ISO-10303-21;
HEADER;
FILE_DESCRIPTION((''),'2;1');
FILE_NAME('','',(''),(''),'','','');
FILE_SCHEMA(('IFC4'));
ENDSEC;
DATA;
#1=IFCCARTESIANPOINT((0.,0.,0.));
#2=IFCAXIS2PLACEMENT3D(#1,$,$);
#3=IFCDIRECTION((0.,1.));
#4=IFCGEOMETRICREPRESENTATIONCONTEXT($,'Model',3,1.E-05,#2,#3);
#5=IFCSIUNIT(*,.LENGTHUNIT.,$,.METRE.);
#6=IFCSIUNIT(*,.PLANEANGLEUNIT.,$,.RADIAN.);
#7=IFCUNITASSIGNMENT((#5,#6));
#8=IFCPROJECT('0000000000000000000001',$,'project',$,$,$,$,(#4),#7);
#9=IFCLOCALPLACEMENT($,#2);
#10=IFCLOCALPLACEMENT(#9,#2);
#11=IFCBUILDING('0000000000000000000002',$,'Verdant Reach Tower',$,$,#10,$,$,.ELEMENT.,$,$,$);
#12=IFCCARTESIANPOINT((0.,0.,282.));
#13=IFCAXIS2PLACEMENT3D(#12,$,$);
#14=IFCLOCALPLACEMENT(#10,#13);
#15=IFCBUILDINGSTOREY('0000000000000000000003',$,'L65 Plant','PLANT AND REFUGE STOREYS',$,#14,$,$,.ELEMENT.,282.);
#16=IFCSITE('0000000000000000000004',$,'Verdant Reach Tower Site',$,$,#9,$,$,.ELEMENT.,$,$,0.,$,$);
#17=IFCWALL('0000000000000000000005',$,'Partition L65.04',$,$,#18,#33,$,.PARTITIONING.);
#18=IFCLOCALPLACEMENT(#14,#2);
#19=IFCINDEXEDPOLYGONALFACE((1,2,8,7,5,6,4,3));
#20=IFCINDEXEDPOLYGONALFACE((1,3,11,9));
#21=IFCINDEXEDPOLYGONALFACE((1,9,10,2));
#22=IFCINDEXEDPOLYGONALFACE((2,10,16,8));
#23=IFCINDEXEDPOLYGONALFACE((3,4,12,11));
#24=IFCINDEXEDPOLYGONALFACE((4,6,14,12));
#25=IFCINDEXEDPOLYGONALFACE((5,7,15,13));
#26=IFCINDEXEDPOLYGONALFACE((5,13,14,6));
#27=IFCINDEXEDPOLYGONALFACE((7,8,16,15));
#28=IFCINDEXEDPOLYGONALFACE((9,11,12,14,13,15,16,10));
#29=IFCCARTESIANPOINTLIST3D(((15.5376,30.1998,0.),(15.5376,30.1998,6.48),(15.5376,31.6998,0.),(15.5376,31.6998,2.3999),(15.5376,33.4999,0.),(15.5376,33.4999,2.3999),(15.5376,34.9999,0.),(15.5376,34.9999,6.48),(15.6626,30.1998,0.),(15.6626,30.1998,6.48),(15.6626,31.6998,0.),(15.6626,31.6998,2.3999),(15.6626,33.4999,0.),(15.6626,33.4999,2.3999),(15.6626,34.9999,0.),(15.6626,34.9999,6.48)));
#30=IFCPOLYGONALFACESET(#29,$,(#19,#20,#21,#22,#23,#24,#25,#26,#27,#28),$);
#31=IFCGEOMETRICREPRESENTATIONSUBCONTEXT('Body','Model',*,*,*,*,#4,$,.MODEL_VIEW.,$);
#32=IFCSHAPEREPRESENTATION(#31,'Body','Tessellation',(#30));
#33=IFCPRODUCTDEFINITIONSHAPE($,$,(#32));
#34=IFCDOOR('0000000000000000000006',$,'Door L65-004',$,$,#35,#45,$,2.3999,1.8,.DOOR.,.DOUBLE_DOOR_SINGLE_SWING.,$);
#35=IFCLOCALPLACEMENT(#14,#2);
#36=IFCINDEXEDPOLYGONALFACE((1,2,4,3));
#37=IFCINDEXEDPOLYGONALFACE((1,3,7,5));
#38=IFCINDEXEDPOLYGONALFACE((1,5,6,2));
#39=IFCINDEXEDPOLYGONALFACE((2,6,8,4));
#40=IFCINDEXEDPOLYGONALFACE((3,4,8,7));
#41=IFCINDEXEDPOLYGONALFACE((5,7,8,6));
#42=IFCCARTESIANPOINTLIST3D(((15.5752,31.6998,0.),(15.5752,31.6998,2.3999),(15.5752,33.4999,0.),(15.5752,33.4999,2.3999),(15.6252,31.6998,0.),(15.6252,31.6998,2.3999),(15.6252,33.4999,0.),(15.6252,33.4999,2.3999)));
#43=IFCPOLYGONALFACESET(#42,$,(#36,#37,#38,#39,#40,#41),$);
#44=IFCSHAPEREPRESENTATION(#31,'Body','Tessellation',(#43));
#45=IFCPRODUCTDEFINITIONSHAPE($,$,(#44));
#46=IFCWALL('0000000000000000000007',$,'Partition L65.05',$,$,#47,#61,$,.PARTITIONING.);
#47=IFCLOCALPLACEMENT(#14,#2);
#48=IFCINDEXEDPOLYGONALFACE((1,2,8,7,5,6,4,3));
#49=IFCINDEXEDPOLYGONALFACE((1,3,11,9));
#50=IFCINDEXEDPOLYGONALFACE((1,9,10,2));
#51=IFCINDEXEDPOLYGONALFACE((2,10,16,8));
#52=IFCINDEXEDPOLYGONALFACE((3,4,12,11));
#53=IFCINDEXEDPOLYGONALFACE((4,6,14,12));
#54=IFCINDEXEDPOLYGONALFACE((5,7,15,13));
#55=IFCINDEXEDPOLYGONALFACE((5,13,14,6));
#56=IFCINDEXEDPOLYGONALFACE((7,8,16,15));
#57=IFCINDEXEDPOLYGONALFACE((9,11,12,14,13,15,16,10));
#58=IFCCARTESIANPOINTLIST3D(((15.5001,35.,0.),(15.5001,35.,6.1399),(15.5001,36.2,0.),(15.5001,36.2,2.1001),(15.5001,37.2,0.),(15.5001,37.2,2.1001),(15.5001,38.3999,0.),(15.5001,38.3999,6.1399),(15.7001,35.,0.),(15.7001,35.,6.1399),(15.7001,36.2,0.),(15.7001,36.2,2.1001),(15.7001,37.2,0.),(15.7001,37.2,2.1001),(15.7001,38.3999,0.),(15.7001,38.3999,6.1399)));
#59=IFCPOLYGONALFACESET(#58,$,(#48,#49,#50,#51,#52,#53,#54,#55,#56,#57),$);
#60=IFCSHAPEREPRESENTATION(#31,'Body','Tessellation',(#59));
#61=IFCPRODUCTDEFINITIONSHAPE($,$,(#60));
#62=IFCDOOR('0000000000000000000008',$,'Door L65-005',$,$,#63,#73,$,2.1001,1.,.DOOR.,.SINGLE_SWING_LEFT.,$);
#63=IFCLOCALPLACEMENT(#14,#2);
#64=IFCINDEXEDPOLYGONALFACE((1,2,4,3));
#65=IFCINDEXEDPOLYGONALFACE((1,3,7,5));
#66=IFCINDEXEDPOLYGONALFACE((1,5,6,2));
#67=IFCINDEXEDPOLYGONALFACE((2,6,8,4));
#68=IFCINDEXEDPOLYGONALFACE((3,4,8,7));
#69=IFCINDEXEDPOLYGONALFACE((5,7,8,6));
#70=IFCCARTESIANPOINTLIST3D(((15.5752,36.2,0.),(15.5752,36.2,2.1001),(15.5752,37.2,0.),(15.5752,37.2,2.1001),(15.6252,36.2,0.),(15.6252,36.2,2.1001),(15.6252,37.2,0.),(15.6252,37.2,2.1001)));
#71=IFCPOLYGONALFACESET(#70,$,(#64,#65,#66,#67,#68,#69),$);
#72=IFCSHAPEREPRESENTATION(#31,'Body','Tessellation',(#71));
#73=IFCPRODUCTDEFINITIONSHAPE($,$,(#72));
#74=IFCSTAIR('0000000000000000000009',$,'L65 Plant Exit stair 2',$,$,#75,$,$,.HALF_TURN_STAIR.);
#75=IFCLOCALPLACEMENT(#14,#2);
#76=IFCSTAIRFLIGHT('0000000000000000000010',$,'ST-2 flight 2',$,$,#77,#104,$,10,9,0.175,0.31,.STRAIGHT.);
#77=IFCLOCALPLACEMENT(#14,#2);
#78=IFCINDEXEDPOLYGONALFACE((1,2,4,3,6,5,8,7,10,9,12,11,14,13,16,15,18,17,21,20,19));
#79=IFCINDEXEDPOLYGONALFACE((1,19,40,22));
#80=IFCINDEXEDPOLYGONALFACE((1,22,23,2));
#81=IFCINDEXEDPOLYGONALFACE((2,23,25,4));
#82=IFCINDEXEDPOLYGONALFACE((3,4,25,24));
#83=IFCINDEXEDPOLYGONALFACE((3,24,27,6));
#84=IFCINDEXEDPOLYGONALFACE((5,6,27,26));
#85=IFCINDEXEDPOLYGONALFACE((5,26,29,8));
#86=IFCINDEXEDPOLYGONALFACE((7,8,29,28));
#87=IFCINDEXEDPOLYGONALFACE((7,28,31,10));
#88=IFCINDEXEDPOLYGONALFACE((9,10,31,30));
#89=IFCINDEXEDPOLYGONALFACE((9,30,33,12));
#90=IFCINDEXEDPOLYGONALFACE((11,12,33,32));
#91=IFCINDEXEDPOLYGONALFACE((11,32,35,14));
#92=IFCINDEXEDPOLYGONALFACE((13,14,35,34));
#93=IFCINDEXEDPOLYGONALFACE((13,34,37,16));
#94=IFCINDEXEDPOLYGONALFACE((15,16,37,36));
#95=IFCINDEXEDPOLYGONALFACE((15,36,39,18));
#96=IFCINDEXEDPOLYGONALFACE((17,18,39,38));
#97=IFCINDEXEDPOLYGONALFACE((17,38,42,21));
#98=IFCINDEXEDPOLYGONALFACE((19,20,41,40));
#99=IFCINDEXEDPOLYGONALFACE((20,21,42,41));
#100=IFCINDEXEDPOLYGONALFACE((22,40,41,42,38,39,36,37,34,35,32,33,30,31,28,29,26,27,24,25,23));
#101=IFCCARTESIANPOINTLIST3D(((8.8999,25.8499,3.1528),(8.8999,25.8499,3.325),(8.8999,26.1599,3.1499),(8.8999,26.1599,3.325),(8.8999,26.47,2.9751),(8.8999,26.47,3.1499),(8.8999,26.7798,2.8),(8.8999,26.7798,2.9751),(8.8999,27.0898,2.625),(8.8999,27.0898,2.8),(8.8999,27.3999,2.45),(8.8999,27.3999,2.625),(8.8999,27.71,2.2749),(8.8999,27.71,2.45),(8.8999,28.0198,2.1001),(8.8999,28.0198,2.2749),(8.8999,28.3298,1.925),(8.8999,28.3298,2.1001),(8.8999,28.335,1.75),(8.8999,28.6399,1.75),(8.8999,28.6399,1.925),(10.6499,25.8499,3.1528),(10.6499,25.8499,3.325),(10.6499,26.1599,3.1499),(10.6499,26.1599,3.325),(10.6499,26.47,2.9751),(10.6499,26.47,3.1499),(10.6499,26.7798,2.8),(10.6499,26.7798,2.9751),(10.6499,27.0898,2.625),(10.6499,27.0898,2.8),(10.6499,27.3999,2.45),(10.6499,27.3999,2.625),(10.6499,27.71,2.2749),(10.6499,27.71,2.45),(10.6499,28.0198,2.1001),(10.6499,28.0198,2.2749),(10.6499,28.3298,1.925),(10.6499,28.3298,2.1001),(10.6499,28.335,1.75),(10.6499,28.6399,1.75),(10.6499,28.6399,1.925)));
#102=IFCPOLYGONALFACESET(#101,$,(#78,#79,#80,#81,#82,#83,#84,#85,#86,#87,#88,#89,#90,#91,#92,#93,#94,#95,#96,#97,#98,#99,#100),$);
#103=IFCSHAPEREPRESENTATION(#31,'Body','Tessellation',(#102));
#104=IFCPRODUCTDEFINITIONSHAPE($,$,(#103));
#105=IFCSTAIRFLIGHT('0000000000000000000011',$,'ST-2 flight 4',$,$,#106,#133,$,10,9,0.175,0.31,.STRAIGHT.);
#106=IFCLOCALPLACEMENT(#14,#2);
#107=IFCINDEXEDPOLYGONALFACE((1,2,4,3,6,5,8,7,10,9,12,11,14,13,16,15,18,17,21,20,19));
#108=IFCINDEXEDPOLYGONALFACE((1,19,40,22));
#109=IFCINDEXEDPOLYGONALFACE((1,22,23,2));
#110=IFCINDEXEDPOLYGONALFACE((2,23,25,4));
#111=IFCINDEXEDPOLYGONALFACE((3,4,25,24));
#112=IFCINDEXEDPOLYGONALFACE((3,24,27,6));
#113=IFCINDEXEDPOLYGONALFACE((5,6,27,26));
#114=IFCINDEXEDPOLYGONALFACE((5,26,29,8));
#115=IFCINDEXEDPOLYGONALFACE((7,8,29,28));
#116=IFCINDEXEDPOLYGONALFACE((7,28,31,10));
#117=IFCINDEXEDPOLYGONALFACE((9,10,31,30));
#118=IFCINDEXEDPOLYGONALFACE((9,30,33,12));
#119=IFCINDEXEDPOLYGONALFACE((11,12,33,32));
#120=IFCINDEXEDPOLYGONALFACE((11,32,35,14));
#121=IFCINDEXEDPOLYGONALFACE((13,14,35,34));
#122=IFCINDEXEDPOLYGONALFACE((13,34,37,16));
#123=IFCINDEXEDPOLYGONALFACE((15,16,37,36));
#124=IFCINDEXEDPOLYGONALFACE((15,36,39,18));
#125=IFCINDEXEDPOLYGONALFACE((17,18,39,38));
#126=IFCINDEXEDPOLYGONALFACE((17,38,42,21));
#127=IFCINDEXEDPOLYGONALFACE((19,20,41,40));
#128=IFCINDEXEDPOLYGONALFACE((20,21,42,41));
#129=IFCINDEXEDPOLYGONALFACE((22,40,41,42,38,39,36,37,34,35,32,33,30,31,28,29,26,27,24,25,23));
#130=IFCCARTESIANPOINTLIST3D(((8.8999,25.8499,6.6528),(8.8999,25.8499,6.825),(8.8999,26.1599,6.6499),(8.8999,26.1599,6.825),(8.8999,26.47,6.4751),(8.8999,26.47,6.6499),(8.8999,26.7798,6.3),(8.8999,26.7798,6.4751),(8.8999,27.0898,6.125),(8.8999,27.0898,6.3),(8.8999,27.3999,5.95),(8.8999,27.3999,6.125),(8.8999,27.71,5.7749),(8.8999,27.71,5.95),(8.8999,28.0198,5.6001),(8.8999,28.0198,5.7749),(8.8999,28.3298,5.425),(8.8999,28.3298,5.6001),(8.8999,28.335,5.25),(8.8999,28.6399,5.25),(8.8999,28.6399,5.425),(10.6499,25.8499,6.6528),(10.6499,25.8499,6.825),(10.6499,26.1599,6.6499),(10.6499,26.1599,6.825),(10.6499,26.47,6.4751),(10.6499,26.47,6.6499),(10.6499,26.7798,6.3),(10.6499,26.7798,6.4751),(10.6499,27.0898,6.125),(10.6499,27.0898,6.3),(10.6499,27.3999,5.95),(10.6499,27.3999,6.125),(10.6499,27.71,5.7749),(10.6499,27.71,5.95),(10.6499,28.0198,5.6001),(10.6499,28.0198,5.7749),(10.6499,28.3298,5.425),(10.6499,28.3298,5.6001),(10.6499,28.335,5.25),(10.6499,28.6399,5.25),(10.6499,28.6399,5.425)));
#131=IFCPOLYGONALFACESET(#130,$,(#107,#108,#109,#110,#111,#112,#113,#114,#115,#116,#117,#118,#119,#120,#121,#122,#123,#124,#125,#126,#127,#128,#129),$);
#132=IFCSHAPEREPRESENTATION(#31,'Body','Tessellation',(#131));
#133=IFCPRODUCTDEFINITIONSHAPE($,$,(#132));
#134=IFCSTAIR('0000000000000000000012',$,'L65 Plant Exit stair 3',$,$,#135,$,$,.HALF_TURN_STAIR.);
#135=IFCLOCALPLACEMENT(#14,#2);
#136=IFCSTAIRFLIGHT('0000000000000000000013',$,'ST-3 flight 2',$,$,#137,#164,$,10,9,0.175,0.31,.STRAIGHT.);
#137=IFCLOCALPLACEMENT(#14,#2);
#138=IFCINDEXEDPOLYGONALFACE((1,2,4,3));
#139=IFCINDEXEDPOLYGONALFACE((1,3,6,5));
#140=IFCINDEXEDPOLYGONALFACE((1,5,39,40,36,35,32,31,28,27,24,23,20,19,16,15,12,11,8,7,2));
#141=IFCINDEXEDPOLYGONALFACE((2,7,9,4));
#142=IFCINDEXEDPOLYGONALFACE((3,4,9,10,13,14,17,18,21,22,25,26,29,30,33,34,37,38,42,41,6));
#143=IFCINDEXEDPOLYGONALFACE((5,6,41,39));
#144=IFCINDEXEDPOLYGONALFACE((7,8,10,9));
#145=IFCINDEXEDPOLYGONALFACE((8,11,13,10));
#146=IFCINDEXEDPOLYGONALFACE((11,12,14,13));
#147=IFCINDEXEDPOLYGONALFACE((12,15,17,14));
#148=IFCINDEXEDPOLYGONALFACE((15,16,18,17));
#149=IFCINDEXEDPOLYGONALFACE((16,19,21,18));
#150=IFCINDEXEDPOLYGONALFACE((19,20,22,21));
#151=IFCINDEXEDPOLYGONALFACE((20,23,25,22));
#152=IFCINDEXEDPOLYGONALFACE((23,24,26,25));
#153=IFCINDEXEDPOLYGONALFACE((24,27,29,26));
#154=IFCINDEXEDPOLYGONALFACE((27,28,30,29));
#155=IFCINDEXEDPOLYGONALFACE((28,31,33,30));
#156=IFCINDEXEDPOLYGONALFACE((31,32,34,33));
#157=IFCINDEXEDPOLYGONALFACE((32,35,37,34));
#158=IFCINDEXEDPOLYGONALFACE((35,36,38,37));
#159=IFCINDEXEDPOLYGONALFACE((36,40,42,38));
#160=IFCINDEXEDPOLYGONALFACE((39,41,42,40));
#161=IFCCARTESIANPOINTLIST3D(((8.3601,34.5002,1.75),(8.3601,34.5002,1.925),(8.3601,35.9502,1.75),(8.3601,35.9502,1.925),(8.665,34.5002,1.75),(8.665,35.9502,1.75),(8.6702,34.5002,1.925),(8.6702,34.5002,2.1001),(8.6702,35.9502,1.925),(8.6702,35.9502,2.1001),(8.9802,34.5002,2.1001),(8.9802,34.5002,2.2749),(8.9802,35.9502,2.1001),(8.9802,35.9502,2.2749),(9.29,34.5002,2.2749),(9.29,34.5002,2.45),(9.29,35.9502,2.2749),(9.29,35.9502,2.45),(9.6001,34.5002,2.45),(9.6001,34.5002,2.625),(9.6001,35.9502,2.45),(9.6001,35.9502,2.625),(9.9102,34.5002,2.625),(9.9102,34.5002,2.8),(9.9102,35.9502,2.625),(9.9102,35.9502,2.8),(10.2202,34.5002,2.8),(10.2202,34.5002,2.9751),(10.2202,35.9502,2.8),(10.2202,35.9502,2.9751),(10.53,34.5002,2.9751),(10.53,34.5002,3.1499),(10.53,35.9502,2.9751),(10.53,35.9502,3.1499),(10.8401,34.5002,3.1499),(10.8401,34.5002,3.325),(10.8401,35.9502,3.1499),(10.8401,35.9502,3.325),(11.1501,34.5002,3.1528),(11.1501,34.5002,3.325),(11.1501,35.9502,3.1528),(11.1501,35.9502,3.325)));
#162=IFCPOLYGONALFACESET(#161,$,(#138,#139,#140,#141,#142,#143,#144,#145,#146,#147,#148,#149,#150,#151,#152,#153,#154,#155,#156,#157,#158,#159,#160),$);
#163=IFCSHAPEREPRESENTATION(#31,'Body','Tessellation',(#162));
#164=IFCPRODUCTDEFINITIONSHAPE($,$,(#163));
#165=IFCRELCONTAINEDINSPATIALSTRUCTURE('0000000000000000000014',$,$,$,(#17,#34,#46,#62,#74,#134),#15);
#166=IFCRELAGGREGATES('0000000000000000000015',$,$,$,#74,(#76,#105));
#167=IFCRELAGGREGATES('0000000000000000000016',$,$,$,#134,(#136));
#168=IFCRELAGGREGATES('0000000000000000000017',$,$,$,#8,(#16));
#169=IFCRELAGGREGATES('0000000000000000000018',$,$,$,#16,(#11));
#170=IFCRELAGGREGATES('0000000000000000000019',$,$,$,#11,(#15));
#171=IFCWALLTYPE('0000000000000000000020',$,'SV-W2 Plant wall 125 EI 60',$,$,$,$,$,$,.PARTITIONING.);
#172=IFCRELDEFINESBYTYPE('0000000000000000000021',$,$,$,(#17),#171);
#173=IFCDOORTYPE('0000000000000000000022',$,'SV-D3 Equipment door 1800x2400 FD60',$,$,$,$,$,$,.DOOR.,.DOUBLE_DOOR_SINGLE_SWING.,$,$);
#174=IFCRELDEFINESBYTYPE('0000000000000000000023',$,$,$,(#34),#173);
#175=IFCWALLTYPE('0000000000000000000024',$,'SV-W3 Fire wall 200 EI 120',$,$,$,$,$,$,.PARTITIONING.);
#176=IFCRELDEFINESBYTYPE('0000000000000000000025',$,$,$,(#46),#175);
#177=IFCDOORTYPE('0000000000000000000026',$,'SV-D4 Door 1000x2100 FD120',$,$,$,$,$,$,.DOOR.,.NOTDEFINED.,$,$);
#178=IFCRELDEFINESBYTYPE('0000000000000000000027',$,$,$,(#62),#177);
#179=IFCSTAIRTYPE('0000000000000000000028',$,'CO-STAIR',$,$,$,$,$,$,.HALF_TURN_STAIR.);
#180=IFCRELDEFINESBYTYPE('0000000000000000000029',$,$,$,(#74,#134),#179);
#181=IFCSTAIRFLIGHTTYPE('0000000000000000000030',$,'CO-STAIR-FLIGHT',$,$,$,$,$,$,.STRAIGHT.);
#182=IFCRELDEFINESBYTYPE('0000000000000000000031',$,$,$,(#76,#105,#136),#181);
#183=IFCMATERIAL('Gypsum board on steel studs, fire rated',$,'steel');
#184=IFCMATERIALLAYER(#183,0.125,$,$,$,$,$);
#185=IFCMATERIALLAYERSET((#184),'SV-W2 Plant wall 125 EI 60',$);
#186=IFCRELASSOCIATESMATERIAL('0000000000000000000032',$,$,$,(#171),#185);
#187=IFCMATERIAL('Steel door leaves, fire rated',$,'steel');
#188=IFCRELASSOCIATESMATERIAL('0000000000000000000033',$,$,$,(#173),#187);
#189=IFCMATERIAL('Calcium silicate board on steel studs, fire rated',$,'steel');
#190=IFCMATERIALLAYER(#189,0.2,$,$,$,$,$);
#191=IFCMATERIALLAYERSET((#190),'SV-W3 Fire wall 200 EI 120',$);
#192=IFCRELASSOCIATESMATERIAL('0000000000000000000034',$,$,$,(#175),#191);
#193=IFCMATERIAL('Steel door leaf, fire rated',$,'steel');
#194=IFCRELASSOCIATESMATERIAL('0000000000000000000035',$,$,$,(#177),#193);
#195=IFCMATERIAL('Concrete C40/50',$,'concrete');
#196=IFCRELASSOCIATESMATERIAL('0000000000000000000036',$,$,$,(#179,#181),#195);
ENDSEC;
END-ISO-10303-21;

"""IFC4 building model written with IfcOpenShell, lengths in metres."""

from ifc_helpers import new_model, si_unit, direction, frame, frame_2d, origin, place, context, subcontext, project, spatial, polyline, rectangle, outline, extrude, material, layer, layer_set, type_object, element, fill, aggregate, save


model = new_model("IFC4")

# Units and contexts
model_context = context("Model", 3, precision=1e-05, world=origin(), true_north=direction((0.0, 1.0)))
body_context = subcontext(model_context, "Body", "Model", "MODEL_VIEW")
ifc_project = project(units=[si_unit("LENGTHUNIT", "METRE"), si_unit("PLANEANGLEUNIT", "RADIAN")], contexts=[model_context])

# Site, building, storey
site_placement = place(None, origin())
site = spatial("IfcSite", under=ifc_project, at=site_placement, Name="Verdant Reach Tower Site", CompositionType="ELEMENT", RefElevation=0.0)
building_placement = place(site_placement, origin())
building = spatial("IfcBuilding", under=site, at=building_placement, Name="Verdant Reach Tower", CompositionType="ELEMENT")
storey_placement = place(building_placement, frame((0.0, 0.0, 282.0)))
storey = spatial("IfcBuildingStorey", under=building, at=storey_placement, Name="L65 Plant", Description="PLANT AND REFUGE STOREYS", CompositionType="ELEMENT", Elevation=282.0)

# Shared definitions
ifc_material_1 = material(Name="Concrete C40/50", Category="concrete")

# Walls, openings, doors
ifc_material_2 = material(Name="Gypsum board on steel studs, fire rated", Category="steel")
ifc_layer_1 = layer(ifc_material_2, 0.125)
ifc_layer_set_1 = layer_set([ifc_layer_1], Name="SV-W2 Plant wall 125 EI 60")
wall_type_1 = type_object("IfcWallType", Name="SV-W2 Plant wall 125 EI 60", PredefinedType="PARTITIONING", material=ifc_layer_set_1)
wall_1_placement = place(storey_placement, frame((15.6001, 30.2, 0.0), z_axis=(0.0, 0.0, 1.0), x_axis=(0.0, 1.0, 0.0)))
wall_1 = element("IfcWall", 1, at=wall_1_placement, inside=storey, type_object=wall_type_1, Name="Partition L65.04", PredefinedType="PARTITIONING", context=body_context, shape_type="SweptSolid", body=[
    extrude(rectangle(XDim=4.8, YDim=0.125, at=frame_2d((2.3999, 0.0))), origin(), (0.0, 0.0, 1.0), 6.48),
])
opening_1_placement = place(wall_1_placement, frame((1.5, 0.0, 0.0)))
opening_1 = element("IfcOpeningElement", 2, at=opening_1_placement, cuts=wall_1, PredefinedType="OPENING", context=body_context, shape_type="SweptSolid", body=[
    extrude(rectangle(XDim=1.8, YDim=2.3999, at=frame_2d((0.8999, 1.2))), frame((0.0, 0.0725, 0.0), z_axis=(0.0, -1.0, 0.0), x_axis=(1.0, 0.0, 0.0)), (0.0, 0.0, 1.0), 0.145),
])
ifc_material_3 = material(Name="Steel door leaves, fire rated", Category="steel")
door_type_1 = type_object("IfcDoorType", Name="SV-D3 Equipment door 1800x2400 FD60", OperationType="DOUBLE_DOOR_SINGLE_SWING", PredefinedType="DOOR", material=ifc_material_3)
door_1_placement = place(opening_1_placement, origin())
door_1 = element("IfcDoor", 3, at=door_1_placement, inside=storey, type_object=door_type_1, Name="Door L65-004", OperationType="DOUBLE_DOOR_SINGLE_SWING", OverallHeight=2.3999, OverallWidth=1.8, PredefinedType="DOOR", context=body_context, shape_type="SweptSolid", body=[
    extrude(rectangle(XDim=1.8, YDim=2.3999, at=frame_2d((0.8999, 1.2))), frame((0.0, 0.0249, 0.0), z_axis=(0.0, -1.0, 0.0), x_axis=(1.0, 0.0, 0.0)), (0.0, 0.0, 1.0), 0.05),
])
fill(opening_1, door_1)
ifc_material_4 = material(Name="Calcium silicate board on steel studs, fire rated", Category="steel")
ifc_layer_2 = layer(ifc_material_4, 0.2)
ifc_layer_set_2 = layer_set([ifc_layer_2], Name="SV-W3 Fire wall 200 EI 120")
wall_type_2 = type_object("IfcWallType", Name="SV-W3 Fire wall 200 EI 120", PredefinedType="PARTITIONING", material=ifc_layer_set_2)
wall_2_placement = place(storey_placement, frame((15.6001, 35.0, 0.0), z_axis=(0.0, 0.0, 1.0), x_axis=(0.0, 1.0, 0.0)))
wall_2 = element("IfcWall", 4, at=wall_2_placement, inside=storey, type_object=wall_type_2, Name="Partition L65.05", PredefinedType="PARTITIONING", context=body_context, shape_type="SweptSolid", body=[
    extrude(rectangle(XDim=3.3999, YDim=0.2, at=frame_2d((1.7, 0.0))), origin(), (0.0, 0.0, 1.0), 6.1399),
])
opening_2_placement = place(wall_2_placement, frame((1.2, 0.0, 0.0)))
opening_2 = element("IfcOpeningElement", 5, at=opening_2_placement, cuts=wall_2, PredefinedType="OPENING", context=body_context, shape_type="SweptSolid", body=[
    extrude(rectangle(XDim=1.0, YDim=2.1001, at=frame_2d((0.5, 1.05))), frame((0.0, 0.1099, 0.0), z_axis=(0.0, -1.0, 0.0), x_axis=(1.0, 0.0, 0.0)), (0.0, 0.0, 1.0), 0.22),
])
ifc_material_5 = material(Name="Steel door leaf, fire rated", Category="steel")
door_type_2 = type_object("IfcDoorType", Name="SV-D4 Door 1000x2100 FD120", OperationType="NOTDEFINED", PredefinedType="DOOR", material=ifc_material_5)
door_2_placement = place(opening_2_placement, origin())
door_2 = element("IfcDoor", 6, at=door_2_placement, inside=storey, type_object=door_type_2, Name="Door L65-005", OperationType="SINGLE_SWING_LEFT", OverallHeight=2.1001, OverallWidth=1.0, PredefinedType="DOOR", context=body_context, shape_type="SweptSolid", body=[
    extrude(rectangle(XDim=1.0, YDim=2.1001, at=frame_2d((0.5, 1.05))), frame((0.0, 0.0249, 0.0), z_axis=(0.0, -1.0, 0.0), x_axis=(1.0, 0.0, 0.0)), (0.0, 0.0, 1.0), 0.05),
])
fill(opening_2, door_2)

# Stairs, stair flights
stair_type = type_object("IfcStairType", Name="CO-STAIR", PredefinedType="HALF_TURN_STAIR", material=ifc_material_1)
stair_1_placement = place(storey_placement, origin())
stair_1 = element("IfcStair", 7, at=stair_1_placement, inside=storey, type_object=stair_type, Name="L65 Plant Exit stair 2", PredefinedType="HALF_TURN_STAIR")
stair_flight_type = type_object("IfcStairFlightType", Name="CO-STAIR-FLIGHT", PredefinedType="STRAIGHT", material=ifc_material_1)
stair_flight_1_placement = place(storey_placement, frame((9.7749, 28.6399, 1.75), z_axis=(0.0, 0.0, 1.0), x_axis=(0.0, -1.0, 0.0)))
stair_flight_1 = element("IfcStairFlight", 8, at=stair_flight_1_placement, type_object=stair_flight_type, Name="ST-2 flight 2", NumberOfRisers=10, NumberOfTreads=9, PredefinedType="STRAIGHT", RiserHeight=0.175, TreadLength=0.31, context=body_context, shape_type="SweptSolid", body=[
    extrude(outline(polyline([(0.0, 0.0), (0.0, 0.175), (0.3101, 0.175), (0.3101, 0.3501), (0.6201, 0.3501), (0.6201, 0.5249), (0.9299, 0.5249), (0.9299, 0.7), (1.24, 0.7), (1.24, 0.875), (1.55, 0.875), (1.55, 1.05), (1.8601, 1.05), (1.8601, 1.2251), (2.1699, 1.2251), (2.1699, 1.3999), (2.48, 1.3999), (2.48, 1.575), (2.79, 1.575), (2.79, 1.75), (2.79, 1.4028), (0.3049, 0.0), (0.0, 0.0)])), frame((0.0, 0.875, 0.0), z_axis=(0.0, -1.0, 0.0), x_axis=(1.0, 0.0, 0.0)), (0.0, 0.0, 1.0), 1.75),
])
stair_flight_2_placement = place(storey_placement, frame((9.7749, 28.6399, 5.25), z_axis=(0.0, 0.0, 1.0), x_axis=(0.0, -1.0, 0.0)))
stair_flight_2 = element("IfcStairFlight", 9, at=stair_flight_2_placement, type_object=stair_flight_type, Name="ST-2 flight 4", NumberOfRisers=10, NumberOfTreads=9, PredefinedType="STRAIGHT", RiserHeight=0.175, TreadLength=0.31, context=body_context, shape_type="SweptSolid", body=[
    extrude(outline(polyline([(0.0, 0.0), (0.0, 0.175), (0.3101, 0.175), (0.3101, 0.3501), (0.6201, 0.3501), (0.6201, 0.5249), (0.9299, 0.5249), (0.9299, 0.7), (1.24, 0.7), (1.24, 0.875), (1.55, 0.875), (1.55, 1.05), (1.8601, 1.05), (1.8601, 1.2251), (2.1699, 1.2251), (2.1699, 1.3999), (2.48, 1.3999), (2.48, 1.575), (2.79, 1.575), (2.79, 1.75), (2.79, 1.4028), (0.3049, 0.0), (0.0, 0.0)])), frame((0.0, 0.875, 0.0), z_axis=(0.0, -1.0, 0.0), x_axis=(1.0, 0.0, 0.0)), (0.0, 0.0, 1.0), 1.75),
])
aggregate(stair_1, [stair_flight_1, stair_flight_2])
stair_2_placement = place(storey_placement, origin())
stair_2 = element("IfcStair", 10, at=stair_2_placement, inside=storey, type_object=stair_type, Name="L65 Plant Exit stair 3", PredefinedType="HALF_TURN_STAIR")
stair_flight_3_placement = place(storey_placement, frame((8.3601, 35.2251, 1.75), z_axis=(0.0, 0.0, 1.0), x_axis=(1.0, 0.0, 0.0)))
stair_flight_3 = element("IfcStairFlight", 11, at=stair_flight_3_placement, type_object=stair_flight_type, Name="ST-3 flight 2", NumberOfRisers=10, NumberOfTreads=9, PredefinedType="STRAIGHT", RiserHeight=0.175, TreadLength=0.31, context=body_context, shape_type="SweptSolid", body=[
    extrude(outline(polyline([(0.0, 0.0), (0.0, 0.175), (0.3101, 0.175), (0.3101, 0.3501), (0.6201, 0.3501), (0.6201, 0.5249), (0.9299, 0.5249), (0.9299, 0.7), (1.24, 0.7), (1.24, 0.875), (1.55, 0.875), (1.55, 1.05), (1.8601, 1.05), (1.8601, 1.2251), (2.1699, 1.2251), (2.1699, 1.3999), (2.48, 1.3999), (2.48, 1.575), (2.79, 1.575), (2.79, 1.75), (2.79, 1.4028), (0.3049, 0.0), (0.0, 0.0)])), frame((0.0, 0.7251, 0.0), z_axis=(0.0, -1.0, 0.0), x_axis=(1.0, 0.0, 0.0)), (0.0, 0.0, 1.0), 1.45),
])
aggregate(stair_2, [stair_flight_3])

save(model, "model.ifc")
